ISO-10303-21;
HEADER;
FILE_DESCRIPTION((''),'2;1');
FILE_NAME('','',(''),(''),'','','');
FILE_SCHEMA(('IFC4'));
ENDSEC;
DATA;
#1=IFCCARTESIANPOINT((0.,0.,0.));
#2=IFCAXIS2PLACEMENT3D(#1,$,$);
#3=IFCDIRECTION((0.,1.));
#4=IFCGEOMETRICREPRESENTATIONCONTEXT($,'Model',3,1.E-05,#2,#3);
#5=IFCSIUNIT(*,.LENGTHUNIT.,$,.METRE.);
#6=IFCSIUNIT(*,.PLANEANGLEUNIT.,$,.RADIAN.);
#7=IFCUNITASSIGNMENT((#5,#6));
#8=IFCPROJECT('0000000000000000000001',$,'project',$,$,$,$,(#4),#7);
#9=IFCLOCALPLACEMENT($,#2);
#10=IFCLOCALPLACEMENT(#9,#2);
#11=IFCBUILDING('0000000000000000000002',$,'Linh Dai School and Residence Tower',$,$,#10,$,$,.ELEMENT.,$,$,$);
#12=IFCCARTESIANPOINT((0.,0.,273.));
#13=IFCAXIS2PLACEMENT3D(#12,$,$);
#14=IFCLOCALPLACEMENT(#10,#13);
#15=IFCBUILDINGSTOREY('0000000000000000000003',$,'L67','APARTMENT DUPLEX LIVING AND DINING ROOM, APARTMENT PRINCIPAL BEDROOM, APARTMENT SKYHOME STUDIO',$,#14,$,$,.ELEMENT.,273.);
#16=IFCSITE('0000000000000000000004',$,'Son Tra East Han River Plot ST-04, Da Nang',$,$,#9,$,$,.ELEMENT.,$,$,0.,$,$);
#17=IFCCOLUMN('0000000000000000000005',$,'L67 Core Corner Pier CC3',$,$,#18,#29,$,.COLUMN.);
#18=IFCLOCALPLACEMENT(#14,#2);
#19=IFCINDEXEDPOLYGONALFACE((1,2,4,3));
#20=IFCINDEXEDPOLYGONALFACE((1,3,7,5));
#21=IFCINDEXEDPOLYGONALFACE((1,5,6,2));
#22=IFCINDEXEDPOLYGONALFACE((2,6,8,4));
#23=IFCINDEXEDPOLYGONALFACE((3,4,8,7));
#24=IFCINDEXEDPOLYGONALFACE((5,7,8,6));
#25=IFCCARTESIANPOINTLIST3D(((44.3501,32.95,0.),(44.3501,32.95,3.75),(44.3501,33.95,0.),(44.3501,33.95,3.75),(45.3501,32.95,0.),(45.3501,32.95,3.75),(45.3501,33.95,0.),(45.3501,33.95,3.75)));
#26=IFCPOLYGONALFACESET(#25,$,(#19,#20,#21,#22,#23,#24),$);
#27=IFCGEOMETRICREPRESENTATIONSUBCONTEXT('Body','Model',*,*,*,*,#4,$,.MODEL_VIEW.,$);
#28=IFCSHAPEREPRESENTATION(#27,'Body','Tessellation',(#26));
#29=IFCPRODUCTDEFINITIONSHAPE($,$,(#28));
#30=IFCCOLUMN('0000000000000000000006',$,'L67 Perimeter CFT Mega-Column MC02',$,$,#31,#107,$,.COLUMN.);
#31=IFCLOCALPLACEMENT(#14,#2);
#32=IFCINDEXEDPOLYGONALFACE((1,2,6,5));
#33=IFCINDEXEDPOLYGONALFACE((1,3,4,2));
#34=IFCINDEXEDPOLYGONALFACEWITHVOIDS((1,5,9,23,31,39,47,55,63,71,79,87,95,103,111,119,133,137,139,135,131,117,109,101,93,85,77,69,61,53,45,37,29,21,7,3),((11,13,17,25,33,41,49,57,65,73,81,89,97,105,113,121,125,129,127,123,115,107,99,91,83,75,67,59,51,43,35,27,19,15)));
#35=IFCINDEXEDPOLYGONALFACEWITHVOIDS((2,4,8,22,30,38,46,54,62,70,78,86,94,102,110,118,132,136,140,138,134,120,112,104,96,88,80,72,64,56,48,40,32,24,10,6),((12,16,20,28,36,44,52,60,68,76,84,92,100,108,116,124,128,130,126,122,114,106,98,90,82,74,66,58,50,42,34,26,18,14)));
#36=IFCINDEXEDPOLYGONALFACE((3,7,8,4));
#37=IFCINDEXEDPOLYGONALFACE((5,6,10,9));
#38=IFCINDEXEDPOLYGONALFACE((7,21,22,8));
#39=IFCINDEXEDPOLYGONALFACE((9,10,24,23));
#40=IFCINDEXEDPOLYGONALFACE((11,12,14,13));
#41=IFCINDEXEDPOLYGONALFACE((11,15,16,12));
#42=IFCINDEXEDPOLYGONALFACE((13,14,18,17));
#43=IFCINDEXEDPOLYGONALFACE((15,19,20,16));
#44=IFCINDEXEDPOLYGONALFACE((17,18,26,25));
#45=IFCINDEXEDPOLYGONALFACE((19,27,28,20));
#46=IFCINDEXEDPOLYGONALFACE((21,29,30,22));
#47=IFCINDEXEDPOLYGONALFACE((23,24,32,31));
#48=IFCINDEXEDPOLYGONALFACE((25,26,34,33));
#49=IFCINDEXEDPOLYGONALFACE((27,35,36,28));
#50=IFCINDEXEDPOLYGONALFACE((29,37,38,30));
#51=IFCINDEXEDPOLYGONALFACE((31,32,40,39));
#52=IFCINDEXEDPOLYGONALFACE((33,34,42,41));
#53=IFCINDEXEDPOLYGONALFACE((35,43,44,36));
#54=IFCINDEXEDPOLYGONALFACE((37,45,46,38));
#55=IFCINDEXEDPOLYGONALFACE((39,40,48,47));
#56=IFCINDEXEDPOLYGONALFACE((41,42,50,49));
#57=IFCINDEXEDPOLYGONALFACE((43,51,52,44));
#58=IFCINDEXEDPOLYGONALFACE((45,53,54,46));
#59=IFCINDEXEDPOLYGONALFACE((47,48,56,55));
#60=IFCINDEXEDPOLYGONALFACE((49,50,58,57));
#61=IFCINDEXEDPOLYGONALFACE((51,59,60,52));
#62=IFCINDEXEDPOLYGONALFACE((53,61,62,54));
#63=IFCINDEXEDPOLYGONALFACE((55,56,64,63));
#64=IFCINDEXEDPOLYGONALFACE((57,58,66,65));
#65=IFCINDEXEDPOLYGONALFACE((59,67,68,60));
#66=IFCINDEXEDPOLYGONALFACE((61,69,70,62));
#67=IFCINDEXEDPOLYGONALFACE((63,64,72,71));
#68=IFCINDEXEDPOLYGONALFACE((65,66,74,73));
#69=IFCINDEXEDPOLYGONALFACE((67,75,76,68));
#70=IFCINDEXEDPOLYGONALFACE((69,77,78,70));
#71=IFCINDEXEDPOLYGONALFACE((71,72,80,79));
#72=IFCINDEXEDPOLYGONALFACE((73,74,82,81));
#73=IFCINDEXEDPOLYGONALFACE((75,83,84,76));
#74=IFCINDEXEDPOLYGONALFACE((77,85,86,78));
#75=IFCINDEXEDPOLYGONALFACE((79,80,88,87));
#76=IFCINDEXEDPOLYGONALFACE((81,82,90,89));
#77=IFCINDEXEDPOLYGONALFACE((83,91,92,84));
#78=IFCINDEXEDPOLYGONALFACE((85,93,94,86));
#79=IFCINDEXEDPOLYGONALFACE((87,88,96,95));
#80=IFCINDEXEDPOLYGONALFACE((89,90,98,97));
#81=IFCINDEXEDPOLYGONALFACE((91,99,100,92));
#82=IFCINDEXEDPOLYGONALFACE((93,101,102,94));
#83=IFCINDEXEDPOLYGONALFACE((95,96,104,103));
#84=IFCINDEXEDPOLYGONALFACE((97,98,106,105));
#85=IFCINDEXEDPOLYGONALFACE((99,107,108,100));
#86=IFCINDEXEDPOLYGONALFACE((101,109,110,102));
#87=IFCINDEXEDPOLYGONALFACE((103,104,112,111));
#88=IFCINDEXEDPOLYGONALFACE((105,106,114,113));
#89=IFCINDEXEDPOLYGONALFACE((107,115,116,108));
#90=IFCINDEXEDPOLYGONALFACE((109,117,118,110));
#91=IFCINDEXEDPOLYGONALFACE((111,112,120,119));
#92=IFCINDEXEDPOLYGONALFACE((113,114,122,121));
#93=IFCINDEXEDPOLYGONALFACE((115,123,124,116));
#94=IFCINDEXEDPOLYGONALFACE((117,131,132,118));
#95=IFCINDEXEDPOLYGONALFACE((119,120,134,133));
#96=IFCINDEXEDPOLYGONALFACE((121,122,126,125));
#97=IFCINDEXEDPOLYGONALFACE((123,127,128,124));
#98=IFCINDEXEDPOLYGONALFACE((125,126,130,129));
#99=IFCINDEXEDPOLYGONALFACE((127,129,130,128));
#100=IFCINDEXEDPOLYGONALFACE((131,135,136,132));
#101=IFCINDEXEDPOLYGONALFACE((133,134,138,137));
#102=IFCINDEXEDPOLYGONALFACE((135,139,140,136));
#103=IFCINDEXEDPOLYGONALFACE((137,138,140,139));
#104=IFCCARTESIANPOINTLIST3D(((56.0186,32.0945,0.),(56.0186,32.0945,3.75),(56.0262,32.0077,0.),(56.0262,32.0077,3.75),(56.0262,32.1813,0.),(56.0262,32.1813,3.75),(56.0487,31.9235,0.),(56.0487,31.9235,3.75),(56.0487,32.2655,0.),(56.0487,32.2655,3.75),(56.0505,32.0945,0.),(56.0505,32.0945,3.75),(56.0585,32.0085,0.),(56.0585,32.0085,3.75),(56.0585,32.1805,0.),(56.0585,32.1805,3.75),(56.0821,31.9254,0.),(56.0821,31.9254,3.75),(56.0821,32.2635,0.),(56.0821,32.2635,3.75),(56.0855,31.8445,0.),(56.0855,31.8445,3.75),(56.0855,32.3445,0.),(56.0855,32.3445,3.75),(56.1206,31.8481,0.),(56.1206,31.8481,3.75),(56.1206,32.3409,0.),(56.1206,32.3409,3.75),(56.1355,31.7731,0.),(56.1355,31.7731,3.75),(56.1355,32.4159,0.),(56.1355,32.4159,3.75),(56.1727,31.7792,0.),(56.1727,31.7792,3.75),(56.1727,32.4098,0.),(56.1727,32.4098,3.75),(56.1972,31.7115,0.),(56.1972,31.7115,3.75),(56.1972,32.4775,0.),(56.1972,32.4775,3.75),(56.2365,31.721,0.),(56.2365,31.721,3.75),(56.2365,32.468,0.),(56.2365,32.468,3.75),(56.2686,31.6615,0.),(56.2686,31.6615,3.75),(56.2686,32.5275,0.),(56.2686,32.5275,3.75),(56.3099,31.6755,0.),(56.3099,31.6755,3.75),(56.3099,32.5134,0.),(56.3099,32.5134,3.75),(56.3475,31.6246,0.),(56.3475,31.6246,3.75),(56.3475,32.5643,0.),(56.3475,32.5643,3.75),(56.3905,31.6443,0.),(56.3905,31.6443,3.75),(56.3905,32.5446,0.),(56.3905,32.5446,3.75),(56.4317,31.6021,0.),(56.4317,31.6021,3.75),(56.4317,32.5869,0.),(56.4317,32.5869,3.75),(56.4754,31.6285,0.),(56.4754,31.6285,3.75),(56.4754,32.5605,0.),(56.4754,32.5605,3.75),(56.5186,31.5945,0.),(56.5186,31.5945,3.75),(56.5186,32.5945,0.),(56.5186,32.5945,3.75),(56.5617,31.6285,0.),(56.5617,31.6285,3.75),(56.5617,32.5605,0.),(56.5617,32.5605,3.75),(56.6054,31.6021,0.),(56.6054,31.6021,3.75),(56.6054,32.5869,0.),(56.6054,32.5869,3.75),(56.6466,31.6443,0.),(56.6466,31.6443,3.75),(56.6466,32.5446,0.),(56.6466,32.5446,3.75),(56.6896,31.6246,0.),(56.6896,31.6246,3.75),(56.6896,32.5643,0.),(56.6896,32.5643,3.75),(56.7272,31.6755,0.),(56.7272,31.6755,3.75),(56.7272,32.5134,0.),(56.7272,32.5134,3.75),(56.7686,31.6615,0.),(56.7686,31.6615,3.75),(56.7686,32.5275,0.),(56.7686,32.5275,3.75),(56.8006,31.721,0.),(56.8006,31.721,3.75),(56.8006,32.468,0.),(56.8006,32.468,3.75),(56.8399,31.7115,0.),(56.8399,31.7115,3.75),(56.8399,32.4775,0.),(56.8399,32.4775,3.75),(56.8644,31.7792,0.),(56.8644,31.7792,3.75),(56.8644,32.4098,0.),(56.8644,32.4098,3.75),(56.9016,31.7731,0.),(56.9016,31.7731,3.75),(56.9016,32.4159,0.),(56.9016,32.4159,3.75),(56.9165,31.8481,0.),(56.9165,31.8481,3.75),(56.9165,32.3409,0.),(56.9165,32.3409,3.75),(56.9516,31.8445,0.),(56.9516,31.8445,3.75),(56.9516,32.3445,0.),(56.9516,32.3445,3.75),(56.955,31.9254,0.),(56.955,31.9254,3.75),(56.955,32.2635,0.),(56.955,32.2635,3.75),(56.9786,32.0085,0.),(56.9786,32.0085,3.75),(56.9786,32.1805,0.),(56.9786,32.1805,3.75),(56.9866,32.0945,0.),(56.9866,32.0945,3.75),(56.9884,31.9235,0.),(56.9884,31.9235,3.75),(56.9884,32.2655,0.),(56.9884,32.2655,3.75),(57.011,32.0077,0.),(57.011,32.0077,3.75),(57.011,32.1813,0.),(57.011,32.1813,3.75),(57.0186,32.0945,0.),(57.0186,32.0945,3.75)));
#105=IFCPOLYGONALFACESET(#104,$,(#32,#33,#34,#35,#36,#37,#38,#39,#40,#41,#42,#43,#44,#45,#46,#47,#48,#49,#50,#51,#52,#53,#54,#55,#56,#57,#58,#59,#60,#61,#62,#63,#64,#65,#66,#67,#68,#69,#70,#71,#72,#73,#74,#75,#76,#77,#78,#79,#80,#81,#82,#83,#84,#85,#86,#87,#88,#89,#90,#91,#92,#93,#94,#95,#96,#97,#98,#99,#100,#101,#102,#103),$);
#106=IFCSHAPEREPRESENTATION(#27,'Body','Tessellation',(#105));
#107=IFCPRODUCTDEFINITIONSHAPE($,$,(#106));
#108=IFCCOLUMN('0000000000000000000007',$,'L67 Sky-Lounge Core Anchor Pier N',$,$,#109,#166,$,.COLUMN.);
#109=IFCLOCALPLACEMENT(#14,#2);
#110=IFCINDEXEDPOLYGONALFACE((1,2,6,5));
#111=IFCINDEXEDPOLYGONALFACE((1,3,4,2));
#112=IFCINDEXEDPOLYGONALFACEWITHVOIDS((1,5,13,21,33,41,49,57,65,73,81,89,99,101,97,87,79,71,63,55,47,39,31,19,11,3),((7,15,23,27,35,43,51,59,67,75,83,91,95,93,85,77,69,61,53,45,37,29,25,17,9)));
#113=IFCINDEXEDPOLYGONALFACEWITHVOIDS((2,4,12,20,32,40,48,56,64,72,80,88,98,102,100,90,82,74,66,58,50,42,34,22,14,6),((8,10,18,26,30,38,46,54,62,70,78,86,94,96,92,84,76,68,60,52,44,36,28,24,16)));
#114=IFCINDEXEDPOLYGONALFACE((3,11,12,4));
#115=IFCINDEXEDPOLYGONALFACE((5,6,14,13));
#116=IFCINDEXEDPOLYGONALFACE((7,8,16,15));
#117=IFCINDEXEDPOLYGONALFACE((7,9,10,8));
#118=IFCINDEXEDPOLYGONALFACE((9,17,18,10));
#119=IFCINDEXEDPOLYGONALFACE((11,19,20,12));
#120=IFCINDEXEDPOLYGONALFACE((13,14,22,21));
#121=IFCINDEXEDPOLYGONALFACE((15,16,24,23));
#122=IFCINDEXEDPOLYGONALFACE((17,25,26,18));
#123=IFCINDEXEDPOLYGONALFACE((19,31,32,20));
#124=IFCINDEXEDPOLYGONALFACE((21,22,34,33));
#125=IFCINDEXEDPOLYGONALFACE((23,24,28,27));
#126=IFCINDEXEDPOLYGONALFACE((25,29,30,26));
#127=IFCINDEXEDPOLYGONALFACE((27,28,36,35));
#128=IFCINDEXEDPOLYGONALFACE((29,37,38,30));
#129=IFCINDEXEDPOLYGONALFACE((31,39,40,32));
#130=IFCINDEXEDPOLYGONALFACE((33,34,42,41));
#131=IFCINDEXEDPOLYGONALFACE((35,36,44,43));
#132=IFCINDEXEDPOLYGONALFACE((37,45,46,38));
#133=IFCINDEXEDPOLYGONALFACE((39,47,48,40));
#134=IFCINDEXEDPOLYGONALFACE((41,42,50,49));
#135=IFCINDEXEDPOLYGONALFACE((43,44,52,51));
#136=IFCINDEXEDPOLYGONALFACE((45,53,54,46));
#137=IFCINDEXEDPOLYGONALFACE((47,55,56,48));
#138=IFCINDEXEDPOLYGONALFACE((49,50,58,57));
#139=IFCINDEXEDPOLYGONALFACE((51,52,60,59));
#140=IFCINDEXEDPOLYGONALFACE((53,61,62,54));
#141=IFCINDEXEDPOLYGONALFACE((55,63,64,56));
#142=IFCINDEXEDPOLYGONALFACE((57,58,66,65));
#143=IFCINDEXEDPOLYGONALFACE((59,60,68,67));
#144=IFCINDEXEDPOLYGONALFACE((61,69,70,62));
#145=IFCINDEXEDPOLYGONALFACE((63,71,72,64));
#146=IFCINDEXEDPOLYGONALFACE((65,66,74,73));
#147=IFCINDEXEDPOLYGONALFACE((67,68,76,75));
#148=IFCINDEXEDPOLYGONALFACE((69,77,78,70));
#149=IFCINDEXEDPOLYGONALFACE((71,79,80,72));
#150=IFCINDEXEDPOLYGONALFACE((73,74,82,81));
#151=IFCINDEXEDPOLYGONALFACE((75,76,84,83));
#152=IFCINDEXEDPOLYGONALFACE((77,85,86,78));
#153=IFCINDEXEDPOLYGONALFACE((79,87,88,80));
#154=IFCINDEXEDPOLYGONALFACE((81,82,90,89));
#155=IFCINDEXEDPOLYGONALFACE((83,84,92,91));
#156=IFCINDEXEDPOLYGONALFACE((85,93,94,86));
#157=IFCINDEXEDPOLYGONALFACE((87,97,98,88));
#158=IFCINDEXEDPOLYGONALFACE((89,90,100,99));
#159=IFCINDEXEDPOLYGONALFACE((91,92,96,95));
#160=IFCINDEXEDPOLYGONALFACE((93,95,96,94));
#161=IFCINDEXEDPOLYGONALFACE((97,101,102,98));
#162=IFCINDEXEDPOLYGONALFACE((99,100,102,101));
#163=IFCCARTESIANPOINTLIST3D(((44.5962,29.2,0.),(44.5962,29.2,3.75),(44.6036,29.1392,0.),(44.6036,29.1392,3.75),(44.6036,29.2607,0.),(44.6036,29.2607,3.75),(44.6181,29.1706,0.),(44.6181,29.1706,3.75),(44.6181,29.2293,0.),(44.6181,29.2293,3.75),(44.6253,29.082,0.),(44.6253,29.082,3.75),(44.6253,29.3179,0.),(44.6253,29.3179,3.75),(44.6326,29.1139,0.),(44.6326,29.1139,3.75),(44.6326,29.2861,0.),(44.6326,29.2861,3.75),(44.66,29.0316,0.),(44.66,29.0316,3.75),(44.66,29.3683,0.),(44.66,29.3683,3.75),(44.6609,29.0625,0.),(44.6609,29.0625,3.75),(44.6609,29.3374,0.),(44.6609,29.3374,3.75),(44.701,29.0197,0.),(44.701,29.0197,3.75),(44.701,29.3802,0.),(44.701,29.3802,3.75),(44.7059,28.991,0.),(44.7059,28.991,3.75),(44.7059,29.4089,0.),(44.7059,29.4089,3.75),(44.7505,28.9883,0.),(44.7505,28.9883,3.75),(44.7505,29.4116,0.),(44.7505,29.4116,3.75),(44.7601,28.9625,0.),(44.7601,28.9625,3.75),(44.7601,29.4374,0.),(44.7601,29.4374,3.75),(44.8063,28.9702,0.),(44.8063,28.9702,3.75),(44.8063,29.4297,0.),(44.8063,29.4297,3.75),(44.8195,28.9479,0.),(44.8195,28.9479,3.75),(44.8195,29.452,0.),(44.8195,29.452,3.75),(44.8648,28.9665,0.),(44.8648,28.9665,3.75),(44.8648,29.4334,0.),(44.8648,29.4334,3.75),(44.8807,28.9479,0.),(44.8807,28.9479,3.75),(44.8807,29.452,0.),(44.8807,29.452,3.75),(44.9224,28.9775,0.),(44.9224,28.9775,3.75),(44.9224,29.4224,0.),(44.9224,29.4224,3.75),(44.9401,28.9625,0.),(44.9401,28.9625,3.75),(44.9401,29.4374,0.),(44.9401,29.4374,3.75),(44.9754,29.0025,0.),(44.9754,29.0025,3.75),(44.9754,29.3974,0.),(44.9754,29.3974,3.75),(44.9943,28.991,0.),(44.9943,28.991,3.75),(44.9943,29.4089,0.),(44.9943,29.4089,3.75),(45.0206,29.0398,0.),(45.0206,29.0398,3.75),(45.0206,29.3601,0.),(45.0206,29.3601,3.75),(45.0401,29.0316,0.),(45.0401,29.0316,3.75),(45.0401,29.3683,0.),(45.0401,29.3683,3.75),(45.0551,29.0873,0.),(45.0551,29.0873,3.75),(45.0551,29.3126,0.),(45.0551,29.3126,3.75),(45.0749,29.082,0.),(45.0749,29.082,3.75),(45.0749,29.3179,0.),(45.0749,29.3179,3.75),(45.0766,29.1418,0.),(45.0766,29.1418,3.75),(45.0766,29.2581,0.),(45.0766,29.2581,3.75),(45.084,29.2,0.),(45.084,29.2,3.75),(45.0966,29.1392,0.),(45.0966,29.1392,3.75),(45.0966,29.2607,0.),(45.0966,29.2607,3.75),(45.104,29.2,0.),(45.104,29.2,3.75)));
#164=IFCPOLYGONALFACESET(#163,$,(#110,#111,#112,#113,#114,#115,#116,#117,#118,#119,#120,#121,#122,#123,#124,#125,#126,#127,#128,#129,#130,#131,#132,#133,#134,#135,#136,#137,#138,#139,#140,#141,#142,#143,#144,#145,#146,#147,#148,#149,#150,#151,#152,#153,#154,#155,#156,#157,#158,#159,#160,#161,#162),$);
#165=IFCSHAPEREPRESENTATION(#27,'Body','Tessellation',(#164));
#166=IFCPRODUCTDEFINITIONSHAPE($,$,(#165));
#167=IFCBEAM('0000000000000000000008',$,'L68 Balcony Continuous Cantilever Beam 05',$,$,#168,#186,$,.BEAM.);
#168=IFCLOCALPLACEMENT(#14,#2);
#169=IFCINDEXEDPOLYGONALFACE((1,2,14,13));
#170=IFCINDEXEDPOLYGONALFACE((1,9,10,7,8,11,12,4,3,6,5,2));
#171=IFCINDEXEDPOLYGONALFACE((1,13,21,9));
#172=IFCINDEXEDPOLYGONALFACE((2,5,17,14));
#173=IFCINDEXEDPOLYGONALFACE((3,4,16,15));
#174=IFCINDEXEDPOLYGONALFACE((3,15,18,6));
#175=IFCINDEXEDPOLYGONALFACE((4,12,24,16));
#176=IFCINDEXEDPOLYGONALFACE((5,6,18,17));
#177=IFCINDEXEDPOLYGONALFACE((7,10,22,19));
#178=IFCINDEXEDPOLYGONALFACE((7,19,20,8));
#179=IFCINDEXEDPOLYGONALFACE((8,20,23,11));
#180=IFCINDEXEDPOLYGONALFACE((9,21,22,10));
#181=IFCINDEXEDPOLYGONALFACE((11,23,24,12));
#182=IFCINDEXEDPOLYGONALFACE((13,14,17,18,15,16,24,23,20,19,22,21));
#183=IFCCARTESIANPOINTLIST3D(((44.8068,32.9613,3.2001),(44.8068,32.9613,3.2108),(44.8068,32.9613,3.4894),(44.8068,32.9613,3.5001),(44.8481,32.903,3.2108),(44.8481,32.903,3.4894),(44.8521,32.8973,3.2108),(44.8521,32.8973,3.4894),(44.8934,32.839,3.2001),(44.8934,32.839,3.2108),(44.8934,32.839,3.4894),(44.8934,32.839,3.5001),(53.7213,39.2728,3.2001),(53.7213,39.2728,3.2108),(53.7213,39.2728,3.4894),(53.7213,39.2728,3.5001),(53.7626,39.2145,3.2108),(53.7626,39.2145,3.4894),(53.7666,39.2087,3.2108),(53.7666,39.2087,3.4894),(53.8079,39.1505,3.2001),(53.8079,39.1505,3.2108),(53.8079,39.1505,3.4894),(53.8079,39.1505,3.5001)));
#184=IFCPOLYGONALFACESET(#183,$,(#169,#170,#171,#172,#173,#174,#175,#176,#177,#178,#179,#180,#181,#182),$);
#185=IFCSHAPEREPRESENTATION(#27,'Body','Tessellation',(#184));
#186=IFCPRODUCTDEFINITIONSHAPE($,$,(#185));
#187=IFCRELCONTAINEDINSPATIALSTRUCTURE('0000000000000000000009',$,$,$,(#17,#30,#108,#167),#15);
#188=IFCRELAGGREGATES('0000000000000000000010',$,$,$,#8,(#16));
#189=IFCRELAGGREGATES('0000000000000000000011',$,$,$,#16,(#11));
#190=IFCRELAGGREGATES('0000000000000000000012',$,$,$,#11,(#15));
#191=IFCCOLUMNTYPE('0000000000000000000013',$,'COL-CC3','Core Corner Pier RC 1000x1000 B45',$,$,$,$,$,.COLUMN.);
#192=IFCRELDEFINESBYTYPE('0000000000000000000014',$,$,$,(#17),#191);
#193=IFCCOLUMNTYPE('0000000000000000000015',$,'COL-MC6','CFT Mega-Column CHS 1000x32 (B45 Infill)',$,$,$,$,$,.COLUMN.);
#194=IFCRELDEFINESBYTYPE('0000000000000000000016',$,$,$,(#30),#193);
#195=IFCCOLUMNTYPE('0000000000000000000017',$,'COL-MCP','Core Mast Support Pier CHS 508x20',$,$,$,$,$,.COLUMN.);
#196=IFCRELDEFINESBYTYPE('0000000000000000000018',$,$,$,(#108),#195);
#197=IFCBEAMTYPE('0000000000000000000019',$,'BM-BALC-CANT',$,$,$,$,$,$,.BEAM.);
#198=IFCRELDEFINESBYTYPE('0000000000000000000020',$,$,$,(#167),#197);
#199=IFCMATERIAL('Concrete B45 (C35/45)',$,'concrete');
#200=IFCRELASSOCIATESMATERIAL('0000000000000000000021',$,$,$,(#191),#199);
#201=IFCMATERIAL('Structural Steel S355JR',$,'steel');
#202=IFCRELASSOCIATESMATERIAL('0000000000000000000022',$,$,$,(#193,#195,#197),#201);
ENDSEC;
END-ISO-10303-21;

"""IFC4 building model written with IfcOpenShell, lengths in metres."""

from ifc_helpers import new_model, si_unit, direction, frame, origin, origin_2d, place, context, subcontext, project, spatial, rectangle, hollow_circle, i_section, extrude, material, material_profile, profile_set, type_object, element, save


model = new_model("IFC4")

# Units and contexts
model_context = context("Model", 3, precision=1e-05, world=origin(), true_north=direction((0.0, 1.0)))
body_context = subcontext(model_context, "Body", "Model", "MODEL_VIEW")
ifc_project = project(units=[si_unit("LENGTHUNIT", "METRE"), si_unit("PLANEANGLEUNIT", "RADIAN")], contexts=[model_context])

# Site, building, storey
site_placement = place(None, origin())
site = spatial("IfcSite", under=ifc_project, at=site_placement, Name="Son Tra East Han River Plot ST-04, Da Nang", CompositionType="ELEMENT", RefElevation=0.0)
building_placement = place(site_placement, origin())
building = spatial("IfcBuilding", under=site, at=building_placement, Name="Linh Dai School and Residence Tower", CompositionType="ELEMENT")
storey_placement = place(building_placement, frame((0.0, 0.0, 273.0)))
storey = spatial("IfcBuildingStorey", under=building, at=storey_placement, Name="L67", Description="APARTMENT DUPLEX LIVING AND DINING ROOM, APARTMENT PRINCIPAL BEDROOM, APARTMENT SKYHOME STUDIO", CompositionType="ELEMENT", Elevation=273.0)

# Columns
ifc_material_1 = material(Name="Concrete B45 (C35/45)", Category="concrete")
ifc_material_profile_1 = material_profile(ifc_material_1, rectangle(XDim=1.0, YDim=1.0, at=origin_2d()), Name="RC 1000x1000")
ifc_profile_set_1 = profile_set([ifc_material_profile_1], Name="Concrete B45 (C35/45)")
column_type_1 = type_object("IfcColumnType", Name="COL-CC3", Description="Core Corner Pier RC 1000x1000 B45", PredefinedType="COLUMN", material=ifc_profile_set_1)
column_1_placement = place(storey_placement, frame((44.8501, 33.45, 0.0), z_axis=(0.0, 0.0, 1.0), x_axis=(1.0, 0.0, 0.0)))
element("IfcColumn", 1, at=column_1_placement, inside=storey, type_object=column_type_1, Name="L67 Core Corner Pier CC3", PredefinedType="COLUMN", context=body_context, shape_type="SweptSolid", body=[
    extrude(rectangle(XDim=1.0, YDim=1.0, at=origin_2d()), origin(), (0.0, 0.0, 1.0), 3.75),
])
ifc_material_2 = material(Name="Structural Steel S355JR", Category="steel")
ifc_material_profile_2 = material_profile(ifc_material_2, hollow_circle(Radius=0.5, WallThickness=0.032, at=origin_2d()), Name="CHS 1000x32")
ifc_profile_set_2 = profile_set([ifc_material_profile_2], Name="Structural Steel S355JR")
column_type_2 = type_object("IfcColumnType", Name="COL-MC6", Description="CFT Mega-Column CHS 1000x32 (B45 Infill)", PredefinedType="COLUMN", material=ifc_profile_set_2)
column_2_placement = place(storey_placement, frame((56.5186, 32.0945, 0.0), z_axis=(0.0, 0.0, 1.0), x_axis=(1.0, 0.0, 0.0)))
element("IfcColumn", 2, at=column_2_placement, inside=storey, type_object=column_type_2, Name="L67 Perimeter CFT Mega-Column MC02", PredefinedType="COLUMN", context=body_context, shape_type="SweptSolid", body=[
    extrude(hollow_circle(Radius=0.5, WallThickness=0.032, at=origin_2d()), origin(), (0.0, 0.0, 1.0), 3.75),
])
ifc_material_profile_3 = material_profile(ifc_material_2, hollow_circle(Radius=0.2539, WallThickness=0.02, at=origin_2d()), Name="CHS 508x20")
ifc_profile_set_3 = profile_set([ifc_material_profile_3], Name="Structural Steel S355JR")
column_type_3 = type_object("IfcColumnType", Name="COL-MCP", Description="Core Mast Support Pier CHS 508x20", PredefinedType="COLUMN", material=ifc_profile_set_3)
column_3_placement = place(storey_placement, frame((44.8501, 29.2, 0.0), z_axis=(0.0, 0.0, 1.0), x_axis=(1.0, 0.0, 0.0)))
element("IfcColumn", 3, at=column_3_placement, inside=storey, type_object=column_type_3, Name="L67 Sky-Lounge Core Anchor Pier N", PredefinedType="COLUMN", context=body_context, shape_type="SweptSolid", body=[
    extrude(hollow_circle(Radius=0.2539, WallThickness=0.02, at=origin_2d()), origin(), (0.0, 0.0, 1.0), 3.75),
])

# Beam
ifc_material_profile_4 = material_profile(ifc_material_2, i_section(OverallWidth=0.1499, OverallDepth=0.3, WebThickness=0.0071, FlangeThickness=0.0107, at=origin_2d()), Name="IPE 300")
ifc_profile_set_4 = profile_set([ifc_material_profile_4], Name="Structural Steel S355JR")
beam_type_1 = type_object("IfcBeamType", Name="BM-BALC-CANT", PredefinedType="BEAM", material=ifc_profile_set_4)
beam_1_placement = place(storey_placement, frame((44.8501, 32.9001, 3.3501), z_axis=(0.816152, 0.577837, 0.0), x_axis=(-0.577837, 0.816152, 0.0)))
element("IfcBeam", 4, at=beam_1_placement, inside=storey, type_object=beam_type_1, Name="L68 Balcony Continuous Cantilever Beam 05", PredefinedType="BEAM", context=body_context, shape_type="SweptSolid", body=[
    extrude(i_section(OverallWidth=0.1499, OverallDepth=0.3, WebThickness=0.0071, FlangeThickness=0.0107, at=origin_2d()), origin(), (0.0, 0.0, 1.0), 10.9226),
])

save(model, "model.ifc")
